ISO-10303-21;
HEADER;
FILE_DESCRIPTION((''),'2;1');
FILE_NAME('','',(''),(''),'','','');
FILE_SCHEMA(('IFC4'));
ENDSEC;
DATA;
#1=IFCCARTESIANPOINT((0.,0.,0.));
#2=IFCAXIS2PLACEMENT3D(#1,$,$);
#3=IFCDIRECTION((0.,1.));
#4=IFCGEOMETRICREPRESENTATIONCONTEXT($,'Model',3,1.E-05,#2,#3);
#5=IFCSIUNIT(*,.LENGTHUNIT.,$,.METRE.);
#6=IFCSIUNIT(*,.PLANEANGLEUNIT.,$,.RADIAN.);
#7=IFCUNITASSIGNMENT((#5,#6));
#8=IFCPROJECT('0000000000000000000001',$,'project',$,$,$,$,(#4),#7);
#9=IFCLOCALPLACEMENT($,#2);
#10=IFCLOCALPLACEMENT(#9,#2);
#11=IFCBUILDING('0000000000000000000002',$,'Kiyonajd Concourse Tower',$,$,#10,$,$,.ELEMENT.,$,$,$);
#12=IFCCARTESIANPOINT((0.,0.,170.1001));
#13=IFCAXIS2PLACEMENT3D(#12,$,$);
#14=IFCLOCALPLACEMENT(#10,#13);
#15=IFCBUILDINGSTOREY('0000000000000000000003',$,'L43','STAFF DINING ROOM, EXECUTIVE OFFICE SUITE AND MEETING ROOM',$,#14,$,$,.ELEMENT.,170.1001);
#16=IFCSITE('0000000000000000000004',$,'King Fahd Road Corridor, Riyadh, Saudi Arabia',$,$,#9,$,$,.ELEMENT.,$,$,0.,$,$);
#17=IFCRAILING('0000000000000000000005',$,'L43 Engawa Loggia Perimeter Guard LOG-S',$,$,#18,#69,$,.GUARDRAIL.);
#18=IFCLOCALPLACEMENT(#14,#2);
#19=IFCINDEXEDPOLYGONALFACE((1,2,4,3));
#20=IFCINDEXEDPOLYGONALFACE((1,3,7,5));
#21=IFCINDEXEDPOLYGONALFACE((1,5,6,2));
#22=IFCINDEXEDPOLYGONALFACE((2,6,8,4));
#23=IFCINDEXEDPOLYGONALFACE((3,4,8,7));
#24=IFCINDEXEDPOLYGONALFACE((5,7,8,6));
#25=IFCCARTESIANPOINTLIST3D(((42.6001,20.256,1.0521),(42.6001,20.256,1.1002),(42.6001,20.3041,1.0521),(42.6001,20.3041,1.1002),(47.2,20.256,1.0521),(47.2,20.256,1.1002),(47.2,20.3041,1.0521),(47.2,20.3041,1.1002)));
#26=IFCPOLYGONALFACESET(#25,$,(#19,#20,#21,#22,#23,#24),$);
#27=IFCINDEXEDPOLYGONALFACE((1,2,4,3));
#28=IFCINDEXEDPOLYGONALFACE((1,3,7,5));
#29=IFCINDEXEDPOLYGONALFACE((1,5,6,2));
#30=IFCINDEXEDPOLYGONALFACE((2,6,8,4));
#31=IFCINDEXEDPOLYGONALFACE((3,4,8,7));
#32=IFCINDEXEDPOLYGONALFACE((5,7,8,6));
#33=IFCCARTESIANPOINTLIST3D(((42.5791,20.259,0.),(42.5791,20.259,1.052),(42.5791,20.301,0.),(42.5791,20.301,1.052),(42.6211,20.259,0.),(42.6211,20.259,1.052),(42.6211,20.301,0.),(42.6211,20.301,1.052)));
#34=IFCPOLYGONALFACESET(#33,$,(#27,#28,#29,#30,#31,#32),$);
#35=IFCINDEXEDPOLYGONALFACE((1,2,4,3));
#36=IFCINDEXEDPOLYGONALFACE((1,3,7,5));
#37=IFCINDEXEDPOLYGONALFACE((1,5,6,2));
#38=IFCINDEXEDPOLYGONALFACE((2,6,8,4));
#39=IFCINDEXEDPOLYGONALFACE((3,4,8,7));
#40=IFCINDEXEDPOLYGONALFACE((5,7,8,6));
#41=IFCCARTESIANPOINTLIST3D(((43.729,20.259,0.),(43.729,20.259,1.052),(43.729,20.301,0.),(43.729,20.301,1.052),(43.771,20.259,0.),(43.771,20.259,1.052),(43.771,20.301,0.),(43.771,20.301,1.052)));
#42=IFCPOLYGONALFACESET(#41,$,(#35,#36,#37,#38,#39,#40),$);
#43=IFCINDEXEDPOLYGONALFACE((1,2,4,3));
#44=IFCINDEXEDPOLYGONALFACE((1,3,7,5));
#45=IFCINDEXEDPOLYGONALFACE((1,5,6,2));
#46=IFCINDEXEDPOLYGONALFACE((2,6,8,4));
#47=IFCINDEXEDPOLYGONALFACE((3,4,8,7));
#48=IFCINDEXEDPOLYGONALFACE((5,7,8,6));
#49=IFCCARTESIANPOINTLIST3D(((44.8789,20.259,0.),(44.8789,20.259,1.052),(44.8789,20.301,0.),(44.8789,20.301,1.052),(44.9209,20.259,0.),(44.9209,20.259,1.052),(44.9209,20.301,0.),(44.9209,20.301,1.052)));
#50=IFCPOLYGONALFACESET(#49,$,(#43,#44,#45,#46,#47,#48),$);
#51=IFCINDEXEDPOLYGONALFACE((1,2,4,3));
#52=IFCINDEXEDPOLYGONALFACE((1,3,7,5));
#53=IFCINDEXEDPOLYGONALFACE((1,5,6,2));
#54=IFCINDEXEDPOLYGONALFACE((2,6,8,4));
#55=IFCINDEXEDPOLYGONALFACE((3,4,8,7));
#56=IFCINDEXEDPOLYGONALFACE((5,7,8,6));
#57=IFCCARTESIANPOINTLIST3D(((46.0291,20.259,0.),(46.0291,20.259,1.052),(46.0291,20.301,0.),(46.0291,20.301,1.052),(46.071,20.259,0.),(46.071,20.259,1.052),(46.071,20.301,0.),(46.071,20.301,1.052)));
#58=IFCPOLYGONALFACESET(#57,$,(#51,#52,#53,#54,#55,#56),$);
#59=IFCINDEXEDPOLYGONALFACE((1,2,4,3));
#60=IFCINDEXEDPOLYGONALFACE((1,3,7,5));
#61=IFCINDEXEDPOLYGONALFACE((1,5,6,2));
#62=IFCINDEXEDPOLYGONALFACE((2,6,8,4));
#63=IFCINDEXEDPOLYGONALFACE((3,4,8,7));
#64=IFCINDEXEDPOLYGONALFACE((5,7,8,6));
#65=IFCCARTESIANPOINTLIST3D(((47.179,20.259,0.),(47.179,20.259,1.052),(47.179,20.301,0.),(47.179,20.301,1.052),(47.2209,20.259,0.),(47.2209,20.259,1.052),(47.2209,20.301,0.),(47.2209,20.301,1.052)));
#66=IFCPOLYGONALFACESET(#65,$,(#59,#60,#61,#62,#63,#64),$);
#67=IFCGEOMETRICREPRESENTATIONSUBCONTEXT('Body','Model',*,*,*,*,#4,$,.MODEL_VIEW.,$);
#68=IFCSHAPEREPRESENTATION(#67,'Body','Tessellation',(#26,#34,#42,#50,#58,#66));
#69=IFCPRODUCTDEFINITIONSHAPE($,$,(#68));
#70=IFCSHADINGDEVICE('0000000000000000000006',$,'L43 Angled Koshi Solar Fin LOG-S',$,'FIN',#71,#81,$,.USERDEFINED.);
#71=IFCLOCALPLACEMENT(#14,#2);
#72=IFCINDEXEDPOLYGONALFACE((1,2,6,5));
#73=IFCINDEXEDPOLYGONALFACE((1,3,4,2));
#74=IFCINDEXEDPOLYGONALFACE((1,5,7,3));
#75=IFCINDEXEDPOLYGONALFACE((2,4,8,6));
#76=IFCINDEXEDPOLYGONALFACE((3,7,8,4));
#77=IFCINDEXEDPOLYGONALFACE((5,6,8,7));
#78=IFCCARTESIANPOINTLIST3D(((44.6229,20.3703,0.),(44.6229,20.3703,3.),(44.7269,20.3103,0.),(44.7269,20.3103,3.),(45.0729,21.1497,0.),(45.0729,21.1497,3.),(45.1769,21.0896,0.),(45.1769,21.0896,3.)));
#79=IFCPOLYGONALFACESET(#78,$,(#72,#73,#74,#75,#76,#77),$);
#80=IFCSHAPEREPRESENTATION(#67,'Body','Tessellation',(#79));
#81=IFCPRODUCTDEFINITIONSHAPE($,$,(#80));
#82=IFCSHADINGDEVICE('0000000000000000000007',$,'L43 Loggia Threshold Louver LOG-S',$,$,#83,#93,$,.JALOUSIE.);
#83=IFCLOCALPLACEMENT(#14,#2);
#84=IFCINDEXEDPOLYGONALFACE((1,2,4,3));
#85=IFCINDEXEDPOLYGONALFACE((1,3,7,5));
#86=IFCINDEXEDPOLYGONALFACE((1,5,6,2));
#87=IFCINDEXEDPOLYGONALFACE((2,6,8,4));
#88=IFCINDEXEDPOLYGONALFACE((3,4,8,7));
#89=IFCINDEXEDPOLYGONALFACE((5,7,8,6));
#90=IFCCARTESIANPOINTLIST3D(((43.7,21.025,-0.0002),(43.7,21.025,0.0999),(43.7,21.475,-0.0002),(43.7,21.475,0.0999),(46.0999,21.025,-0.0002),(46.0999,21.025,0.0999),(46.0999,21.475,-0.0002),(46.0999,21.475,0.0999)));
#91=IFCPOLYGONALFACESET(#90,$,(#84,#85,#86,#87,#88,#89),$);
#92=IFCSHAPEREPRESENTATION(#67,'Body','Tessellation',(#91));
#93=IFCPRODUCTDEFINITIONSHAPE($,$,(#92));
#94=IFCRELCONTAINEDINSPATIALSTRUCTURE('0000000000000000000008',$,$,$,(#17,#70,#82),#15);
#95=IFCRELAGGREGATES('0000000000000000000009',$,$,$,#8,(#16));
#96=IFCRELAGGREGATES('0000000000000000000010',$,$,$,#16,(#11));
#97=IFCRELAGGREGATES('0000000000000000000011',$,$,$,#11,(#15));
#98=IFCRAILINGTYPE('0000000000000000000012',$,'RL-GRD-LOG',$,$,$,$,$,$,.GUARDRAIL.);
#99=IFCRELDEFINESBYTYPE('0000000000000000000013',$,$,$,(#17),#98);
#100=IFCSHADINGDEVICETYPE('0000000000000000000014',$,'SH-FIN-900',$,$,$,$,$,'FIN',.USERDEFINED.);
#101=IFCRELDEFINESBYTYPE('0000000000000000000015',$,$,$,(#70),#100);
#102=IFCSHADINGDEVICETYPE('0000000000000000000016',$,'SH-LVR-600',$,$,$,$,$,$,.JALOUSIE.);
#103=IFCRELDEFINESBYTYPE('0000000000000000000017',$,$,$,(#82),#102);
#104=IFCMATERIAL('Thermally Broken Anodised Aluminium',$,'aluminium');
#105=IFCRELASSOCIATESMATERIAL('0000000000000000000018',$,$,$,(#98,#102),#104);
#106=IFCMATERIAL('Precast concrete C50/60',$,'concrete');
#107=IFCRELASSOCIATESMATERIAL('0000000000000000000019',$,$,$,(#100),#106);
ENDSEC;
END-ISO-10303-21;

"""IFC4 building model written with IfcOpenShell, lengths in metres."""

from ifc_helpers import new_model, si_unit, direction, frame, origin, origin_2d, place, context, subcontext, project, spatial, rectangle, extrude, material, type_object, element, save


model = new_model("IFC4")

# Units and contexts
model_context = context("Model", 3, precision=1e-05, world=origin(), true_north=direction((0.0, 1.0)))
body_context = subcontext(model_context, "Body", "Model", "MODEL_VIEW")
ifc_project = project(units=[si_unit("LENGTHUNIT", "METRE"), si_unit("PLANEANGLEUNIT", "RADIAN")], contexts=[model_context])

# Site, building, storey
site_placement = place(None, origin())
site = spatial("IfcSite", under=ifc_project, at=site_placement, Name="King Fahd Road Corridor, Riyadh, Saudi Arabia", CompositionType="ELEMENT", RefElevation=0.0)
building_placement = place(site_placement, origin())
building = spatial("IfcBuilding", under=site, at=building_placement, Name="Kiyonajd Concourse Tower", CompositionType="ELEMENT")
storey_placement = place(building_placement, frame((0.0, 0.0, 170.1001)))
storey = spatial("IfcBuildingStorey", under=building, at=storey_placement, Name="L43", Description="STAFF DINING ROOM, EXECUTIVE OFFICE SUITE AND MEETING ROOM", CompositionType="ELEMENT", Elevation=170.1001)

# Shared definitions
ifc_material_1 = material(Name="Thermally Broken Anodised Aluminium", Category="aluminium")

# Shared definitions
ifc_material_2 = material(Name="Precast concrete C50/60", Category="concrete")

# Railing
railing_type = type_object("IfcRailingType", Name="RL-GRD-LOG", PredefinedType="GUARDRAIL", material=ifc_material_1)
railing_placement = place(storey_placement, frame((42.6001, 20.28, 0.0)))
element("IfcRailing", 1, at=railing_placement, inside=storey, type_object=railing_type, Name="L43 Engawa Loggia Perimeter Guard LOG-S", PredefinedType="GUARDRAIL", context=body_context, shape_type="SweptSolid", body=[
    extrude(rectangle(XDim=0.0481, YDim=0.0481, at=origin_2d()), frame((0.0, 0.0, 1.0762), z_axis=(1.0, 0.0, 0.0), x_axis=(0.0, 1.0, 0.0)), (0.0, 0.0, 1.0), 4.5999),
    extrude(rectangle(XDim=0.042, YDim=0.042, at=origin_2d()), origin(), (0.0, 0.0, 1.0), 1.052),
    extrude(rectangle(XDim=0.042, YDim=0.042, at=origin_2d()), frame((1.1499, 0.0, 0.0)), (0.0, 0.0, 1.0), 1.052),
    extrude(rectangle(XDim=0.042, YDim=0.042, at=origin_2d()), frame((2.2998, 0.0, 0.0)), (0.0, 0.0, 1.0), 1.052),
    extrude(rectangle(XDim=0.042, YDim=0.042, at=origin_2d()), frame((3.45, 0.0, 0.0)), (0.0, 0.0, 1.0), 1.052),
    extrude(rectangle(XDim=0.042, YDim=0.042, at=origin_2d()), frame((4.5999, 0.0, 0.0)), (0.0, 0.0, 1.0), 1.052),
])

# Shading devices
shading_device_type_1 = type_object("IfcShadingDeviceType", Name="SH-FIN-900", ElementType="FIN", PredefinedType="USERDEFINED", material=ifc_material_2)
shading_device_1_placement = place(storey_placement, frame((44.8999, 20.73, 0.0), z_axis=(0.0, 0.0, 1.0), x_axis=(0.5, 0.866025, 0.0)))
element("IfcShadingDevice", 2, at=shading_device_1_placement, inside=storey, type_object=shading_device_type_1, Name="L43 Angled Koshi Solar Fin LOG-S", ObjectType="FIN", PredefinedType="USERDEFINED", context=body_context, shape_type="SweptSolid", body=[
    extrude(rectangle(XDim=0.8999, YDim=0.1201, at=origin_2d()), origin(), (0.0, 0.0, 1.0), 3.0),
])
shading_device_type_2 = type_object("IfcShadingDeviceType", Name="SH-LVR-600", PredefinedType="JALOUSIE", material=ifc_material_1)
shading_device_2_placement = place(storey_placement, frame((44.8999, 21.25, -0.0002), z_axis=(0.0, 0.0, 1.0), x_axis=(1.0, 0.0, 0.0)))
element("IfcShadingDevice", 3, at=shading_device_2_placement, inside=storey, type_object=shading_device_type_2, Name="L43 Loggia Threshold Louver LOG-S", PredefinedType="JALOUSIE", context=body_context, shape_type="SweptSolid", body=[
    extrude(rectangle(XDim=2.3999, YDim=0.45, at=origin_2d()), origin(), (0.0, 0.0, 1.0), 0.1001),
])

save(model, "model.ifc")
